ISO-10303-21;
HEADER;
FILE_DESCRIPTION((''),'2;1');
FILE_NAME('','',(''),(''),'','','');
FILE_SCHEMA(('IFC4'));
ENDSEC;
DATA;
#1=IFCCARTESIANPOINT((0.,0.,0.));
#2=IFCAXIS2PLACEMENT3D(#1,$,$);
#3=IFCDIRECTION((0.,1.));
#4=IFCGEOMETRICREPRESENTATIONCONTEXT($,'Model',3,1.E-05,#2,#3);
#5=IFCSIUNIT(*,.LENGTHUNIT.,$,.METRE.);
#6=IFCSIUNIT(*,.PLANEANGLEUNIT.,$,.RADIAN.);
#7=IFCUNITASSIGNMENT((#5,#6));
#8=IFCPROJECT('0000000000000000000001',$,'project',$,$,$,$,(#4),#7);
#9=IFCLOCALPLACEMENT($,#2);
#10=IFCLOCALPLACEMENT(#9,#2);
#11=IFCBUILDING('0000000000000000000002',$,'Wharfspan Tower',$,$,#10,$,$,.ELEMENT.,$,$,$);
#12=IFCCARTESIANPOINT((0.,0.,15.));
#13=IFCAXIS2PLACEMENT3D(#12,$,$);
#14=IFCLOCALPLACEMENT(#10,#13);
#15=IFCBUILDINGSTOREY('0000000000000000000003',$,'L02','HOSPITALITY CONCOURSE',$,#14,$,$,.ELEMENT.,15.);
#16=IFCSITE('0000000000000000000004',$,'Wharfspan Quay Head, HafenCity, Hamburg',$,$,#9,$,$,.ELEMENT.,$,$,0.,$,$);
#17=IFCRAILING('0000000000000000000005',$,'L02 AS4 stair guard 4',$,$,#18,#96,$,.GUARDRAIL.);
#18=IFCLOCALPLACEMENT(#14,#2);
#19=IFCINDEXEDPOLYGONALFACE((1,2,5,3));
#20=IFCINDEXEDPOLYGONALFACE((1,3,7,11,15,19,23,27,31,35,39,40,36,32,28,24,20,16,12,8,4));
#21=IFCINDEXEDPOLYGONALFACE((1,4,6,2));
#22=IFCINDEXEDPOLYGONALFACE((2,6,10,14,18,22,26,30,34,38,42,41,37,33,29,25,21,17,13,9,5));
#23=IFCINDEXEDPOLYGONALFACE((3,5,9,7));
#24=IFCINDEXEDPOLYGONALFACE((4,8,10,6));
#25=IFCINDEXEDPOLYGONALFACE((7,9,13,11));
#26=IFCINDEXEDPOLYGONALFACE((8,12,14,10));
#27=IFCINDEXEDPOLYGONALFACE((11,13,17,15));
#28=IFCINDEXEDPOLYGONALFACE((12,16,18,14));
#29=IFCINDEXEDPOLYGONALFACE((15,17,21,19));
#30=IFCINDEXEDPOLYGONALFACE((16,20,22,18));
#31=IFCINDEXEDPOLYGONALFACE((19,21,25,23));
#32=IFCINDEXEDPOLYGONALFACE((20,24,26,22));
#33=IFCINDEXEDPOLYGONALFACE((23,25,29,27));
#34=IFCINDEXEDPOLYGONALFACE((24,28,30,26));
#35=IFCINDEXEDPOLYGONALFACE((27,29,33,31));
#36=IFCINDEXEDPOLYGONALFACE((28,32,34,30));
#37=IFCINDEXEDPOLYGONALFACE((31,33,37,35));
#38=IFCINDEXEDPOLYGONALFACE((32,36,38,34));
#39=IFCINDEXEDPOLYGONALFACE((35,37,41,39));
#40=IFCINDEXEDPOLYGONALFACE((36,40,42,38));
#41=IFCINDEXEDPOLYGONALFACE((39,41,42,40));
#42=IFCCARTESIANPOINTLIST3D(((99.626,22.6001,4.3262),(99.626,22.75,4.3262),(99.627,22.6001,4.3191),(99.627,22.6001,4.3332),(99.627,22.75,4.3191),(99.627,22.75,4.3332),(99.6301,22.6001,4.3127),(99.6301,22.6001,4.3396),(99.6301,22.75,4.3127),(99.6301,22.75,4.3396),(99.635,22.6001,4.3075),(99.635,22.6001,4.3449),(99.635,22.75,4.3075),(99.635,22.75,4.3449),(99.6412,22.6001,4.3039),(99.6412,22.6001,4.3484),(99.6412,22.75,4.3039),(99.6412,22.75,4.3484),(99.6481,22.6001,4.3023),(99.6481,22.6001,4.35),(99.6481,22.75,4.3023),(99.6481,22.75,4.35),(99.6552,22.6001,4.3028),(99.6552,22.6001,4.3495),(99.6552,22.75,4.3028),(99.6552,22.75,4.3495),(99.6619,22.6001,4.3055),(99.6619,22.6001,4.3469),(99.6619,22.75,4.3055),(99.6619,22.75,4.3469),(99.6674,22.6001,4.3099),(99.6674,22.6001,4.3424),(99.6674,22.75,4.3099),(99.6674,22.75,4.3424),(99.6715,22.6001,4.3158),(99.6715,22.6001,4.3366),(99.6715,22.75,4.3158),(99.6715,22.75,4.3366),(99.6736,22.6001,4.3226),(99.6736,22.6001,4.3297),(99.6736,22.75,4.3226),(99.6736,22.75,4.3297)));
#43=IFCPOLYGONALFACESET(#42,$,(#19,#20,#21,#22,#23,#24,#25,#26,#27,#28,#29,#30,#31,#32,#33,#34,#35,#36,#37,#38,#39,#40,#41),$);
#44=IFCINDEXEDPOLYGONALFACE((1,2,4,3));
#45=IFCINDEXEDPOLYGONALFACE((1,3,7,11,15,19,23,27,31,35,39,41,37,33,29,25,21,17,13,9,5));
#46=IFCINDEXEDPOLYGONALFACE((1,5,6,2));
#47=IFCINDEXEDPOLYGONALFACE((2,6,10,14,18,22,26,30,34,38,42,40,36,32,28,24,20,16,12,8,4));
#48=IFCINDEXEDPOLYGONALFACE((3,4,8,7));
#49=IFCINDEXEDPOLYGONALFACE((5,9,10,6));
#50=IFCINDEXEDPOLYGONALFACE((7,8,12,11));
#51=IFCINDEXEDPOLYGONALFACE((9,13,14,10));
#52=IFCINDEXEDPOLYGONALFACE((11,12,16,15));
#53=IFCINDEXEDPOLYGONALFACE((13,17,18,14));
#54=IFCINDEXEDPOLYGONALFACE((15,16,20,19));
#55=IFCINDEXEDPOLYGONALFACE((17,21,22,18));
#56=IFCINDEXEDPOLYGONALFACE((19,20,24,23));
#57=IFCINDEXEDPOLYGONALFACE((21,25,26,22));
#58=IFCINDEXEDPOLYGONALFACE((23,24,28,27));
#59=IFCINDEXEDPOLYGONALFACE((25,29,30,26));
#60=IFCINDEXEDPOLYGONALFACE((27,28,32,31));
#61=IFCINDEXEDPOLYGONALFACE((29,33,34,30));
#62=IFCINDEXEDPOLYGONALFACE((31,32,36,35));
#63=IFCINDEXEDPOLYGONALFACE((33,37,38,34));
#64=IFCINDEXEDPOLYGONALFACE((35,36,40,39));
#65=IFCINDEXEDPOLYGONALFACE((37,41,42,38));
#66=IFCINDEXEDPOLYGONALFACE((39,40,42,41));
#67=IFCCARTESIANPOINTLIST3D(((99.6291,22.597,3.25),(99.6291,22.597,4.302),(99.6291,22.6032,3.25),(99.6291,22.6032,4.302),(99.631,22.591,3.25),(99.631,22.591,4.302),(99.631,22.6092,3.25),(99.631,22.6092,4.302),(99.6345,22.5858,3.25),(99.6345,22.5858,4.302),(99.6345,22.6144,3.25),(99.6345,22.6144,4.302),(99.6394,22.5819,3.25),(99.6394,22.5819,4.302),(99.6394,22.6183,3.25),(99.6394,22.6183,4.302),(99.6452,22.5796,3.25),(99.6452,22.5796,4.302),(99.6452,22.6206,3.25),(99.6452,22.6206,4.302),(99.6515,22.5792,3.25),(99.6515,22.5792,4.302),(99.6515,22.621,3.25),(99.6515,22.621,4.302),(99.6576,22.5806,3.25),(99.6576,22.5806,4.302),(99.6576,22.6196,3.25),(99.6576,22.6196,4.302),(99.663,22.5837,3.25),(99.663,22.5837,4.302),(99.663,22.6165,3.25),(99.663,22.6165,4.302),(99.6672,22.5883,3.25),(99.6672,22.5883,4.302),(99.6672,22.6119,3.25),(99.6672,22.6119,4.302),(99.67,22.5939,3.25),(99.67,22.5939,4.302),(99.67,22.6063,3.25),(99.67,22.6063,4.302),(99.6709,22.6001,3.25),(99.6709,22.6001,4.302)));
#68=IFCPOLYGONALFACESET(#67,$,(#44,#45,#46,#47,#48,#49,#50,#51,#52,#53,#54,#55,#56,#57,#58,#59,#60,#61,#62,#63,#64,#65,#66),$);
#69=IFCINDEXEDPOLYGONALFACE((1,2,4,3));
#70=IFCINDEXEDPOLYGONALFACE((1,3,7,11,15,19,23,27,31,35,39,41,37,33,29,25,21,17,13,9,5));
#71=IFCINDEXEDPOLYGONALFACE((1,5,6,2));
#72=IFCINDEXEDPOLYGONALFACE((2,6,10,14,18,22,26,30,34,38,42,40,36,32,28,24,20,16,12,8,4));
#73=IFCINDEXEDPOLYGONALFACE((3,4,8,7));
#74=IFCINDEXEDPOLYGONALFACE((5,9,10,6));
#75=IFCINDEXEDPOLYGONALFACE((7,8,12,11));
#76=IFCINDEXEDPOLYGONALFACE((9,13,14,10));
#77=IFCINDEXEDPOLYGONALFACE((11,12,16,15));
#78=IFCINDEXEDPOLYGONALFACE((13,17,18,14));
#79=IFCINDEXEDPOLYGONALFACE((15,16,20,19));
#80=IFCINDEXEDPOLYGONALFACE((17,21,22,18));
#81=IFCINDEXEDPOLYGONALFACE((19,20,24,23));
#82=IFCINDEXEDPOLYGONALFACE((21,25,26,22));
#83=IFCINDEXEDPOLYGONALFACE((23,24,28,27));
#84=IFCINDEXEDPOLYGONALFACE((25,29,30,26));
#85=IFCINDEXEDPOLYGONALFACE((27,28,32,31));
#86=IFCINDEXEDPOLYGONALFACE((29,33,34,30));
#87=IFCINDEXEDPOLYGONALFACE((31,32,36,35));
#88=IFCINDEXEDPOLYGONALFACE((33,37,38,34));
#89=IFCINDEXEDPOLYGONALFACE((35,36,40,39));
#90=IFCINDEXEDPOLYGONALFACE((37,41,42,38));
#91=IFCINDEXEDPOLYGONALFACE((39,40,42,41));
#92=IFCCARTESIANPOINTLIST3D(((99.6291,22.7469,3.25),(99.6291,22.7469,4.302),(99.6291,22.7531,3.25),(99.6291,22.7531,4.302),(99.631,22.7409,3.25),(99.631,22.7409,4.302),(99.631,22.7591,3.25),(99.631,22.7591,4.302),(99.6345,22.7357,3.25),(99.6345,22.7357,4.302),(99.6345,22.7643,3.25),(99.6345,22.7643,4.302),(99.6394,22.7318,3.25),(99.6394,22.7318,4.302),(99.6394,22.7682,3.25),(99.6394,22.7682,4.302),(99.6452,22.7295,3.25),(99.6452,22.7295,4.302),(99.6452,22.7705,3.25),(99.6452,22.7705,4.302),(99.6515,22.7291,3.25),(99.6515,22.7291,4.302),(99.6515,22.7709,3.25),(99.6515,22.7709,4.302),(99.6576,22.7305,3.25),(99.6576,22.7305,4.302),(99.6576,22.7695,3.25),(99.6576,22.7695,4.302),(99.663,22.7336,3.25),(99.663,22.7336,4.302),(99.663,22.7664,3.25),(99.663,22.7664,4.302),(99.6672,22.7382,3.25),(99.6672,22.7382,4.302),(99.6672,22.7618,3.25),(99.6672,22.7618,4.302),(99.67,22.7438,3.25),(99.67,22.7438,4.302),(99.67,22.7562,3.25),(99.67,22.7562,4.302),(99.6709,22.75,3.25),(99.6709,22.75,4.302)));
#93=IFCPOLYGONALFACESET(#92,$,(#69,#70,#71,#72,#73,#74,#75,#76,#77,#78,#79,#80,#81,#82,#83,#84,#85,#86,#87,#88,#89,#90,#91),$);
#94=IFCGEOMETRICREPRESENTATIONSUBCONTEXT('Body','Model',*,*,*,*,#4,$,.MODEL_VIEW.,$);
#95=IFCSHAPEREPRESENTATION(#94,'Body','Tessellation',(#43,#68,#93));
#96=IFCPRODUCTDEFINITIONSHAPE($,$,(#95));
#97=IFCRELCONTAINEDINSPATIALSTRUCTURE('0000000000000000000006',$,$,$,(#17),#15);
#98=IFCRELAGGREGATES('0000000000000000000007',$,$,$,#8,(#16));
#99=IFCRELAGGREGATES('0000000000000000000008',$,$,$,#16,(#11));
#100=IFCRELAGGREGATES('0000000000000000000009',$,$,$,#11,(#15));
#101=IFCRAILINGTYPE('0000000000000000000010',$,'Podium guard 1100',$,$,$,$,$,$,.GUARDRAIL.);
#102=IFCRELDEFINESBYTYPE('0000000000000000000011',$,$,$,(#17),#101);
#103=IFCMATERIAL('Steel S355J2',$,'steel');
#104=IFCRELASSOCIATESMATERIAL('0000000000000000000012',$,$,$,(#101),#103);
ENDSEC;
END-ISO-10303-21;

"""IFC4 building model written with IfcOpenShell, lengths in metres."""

from ifc_helpers import new_model, si_unit, direction, frame, origin, origin_2d, place, context, subcontext, project, spatial, circle, extrude, material, type_object, element, save


model = new_model("IFC4")

# Units and contexts
model_context = context("Model", 3, precision=1e-05, world=origin(), true_north=direction((0.0, 1.0)))
body_context = subcontext(model_context, "Body", "Model", "MODEL_VIEW")
ifc_project = project(units=[si_unit("LENGTHUNIT", "METRE"), si_unit("PLANEANGLEUNIT", "RADIAN")], contexts=[model_context])

# Site, building, storey
site_placement = place(None, origin())
site = spatial("IfcSite", under=ifc_project, at=site_placement, Name="Wharfspan Quay Head, HafenCity, Hamburg", CompositionType="ELEMENT", RefElevation=0.0)
building_placement = place(site_placement, origin())
building = spatial("IfcBuilding", under=site, at=building_placement, Name="Wharfspan Tower", CompositionType="ELEMENT")
storey_placement = place(building_placement, frame((0.0, 0.0, 15.0)))
storey = spatial("IfcBuildingStorey", under=building, at=storey_placement, Name="L02", Description="HOSPITALITY CONCOURSE", CompositionType="ELEMENT", Elevation=15.0)

# Railing
ifc_material_1 = material(Name="Steel S355J2", Category="steel")
railing_type_1 = type_object("IfcRailingType", Name="Podium guard 1100", PredefinedType="GUARDRAIL", material=ifc_material_1)
railing_1_placement = place(storey_placement, frame((99.6499, 22.6001, 3.25)))
element("IfcRailing", 1, at=railing_1_placement, inside=storey, type_object=railing_type_1, Name="L02 AS4 stair guard 4", PredefinedType="GUARDRAIL", context=body_context, shape_type="SweptSolid", body=[
    extrude(circle(Radius=0.0239, at=origin_2d()), frame((0.0, 0.0, 1.0762), z_axis=(0.0, 1.0, 0.0), x_axis=(-1.0, 0.0, 0.0)), (0.0, 0.0, 1.0), 0.1499),
    extrude(circle(Radius=0.021, at=origin_2d()), origin(), (0.0, 0.0, 1.0), 1.052),
    extrude(circle(Radius=0.021, at=origin_2d()), frame((0.0, 0.1499, 0.0)), (0.0, 0.0, 1.0), 1.052),
])

save(model, "model.ifc")
